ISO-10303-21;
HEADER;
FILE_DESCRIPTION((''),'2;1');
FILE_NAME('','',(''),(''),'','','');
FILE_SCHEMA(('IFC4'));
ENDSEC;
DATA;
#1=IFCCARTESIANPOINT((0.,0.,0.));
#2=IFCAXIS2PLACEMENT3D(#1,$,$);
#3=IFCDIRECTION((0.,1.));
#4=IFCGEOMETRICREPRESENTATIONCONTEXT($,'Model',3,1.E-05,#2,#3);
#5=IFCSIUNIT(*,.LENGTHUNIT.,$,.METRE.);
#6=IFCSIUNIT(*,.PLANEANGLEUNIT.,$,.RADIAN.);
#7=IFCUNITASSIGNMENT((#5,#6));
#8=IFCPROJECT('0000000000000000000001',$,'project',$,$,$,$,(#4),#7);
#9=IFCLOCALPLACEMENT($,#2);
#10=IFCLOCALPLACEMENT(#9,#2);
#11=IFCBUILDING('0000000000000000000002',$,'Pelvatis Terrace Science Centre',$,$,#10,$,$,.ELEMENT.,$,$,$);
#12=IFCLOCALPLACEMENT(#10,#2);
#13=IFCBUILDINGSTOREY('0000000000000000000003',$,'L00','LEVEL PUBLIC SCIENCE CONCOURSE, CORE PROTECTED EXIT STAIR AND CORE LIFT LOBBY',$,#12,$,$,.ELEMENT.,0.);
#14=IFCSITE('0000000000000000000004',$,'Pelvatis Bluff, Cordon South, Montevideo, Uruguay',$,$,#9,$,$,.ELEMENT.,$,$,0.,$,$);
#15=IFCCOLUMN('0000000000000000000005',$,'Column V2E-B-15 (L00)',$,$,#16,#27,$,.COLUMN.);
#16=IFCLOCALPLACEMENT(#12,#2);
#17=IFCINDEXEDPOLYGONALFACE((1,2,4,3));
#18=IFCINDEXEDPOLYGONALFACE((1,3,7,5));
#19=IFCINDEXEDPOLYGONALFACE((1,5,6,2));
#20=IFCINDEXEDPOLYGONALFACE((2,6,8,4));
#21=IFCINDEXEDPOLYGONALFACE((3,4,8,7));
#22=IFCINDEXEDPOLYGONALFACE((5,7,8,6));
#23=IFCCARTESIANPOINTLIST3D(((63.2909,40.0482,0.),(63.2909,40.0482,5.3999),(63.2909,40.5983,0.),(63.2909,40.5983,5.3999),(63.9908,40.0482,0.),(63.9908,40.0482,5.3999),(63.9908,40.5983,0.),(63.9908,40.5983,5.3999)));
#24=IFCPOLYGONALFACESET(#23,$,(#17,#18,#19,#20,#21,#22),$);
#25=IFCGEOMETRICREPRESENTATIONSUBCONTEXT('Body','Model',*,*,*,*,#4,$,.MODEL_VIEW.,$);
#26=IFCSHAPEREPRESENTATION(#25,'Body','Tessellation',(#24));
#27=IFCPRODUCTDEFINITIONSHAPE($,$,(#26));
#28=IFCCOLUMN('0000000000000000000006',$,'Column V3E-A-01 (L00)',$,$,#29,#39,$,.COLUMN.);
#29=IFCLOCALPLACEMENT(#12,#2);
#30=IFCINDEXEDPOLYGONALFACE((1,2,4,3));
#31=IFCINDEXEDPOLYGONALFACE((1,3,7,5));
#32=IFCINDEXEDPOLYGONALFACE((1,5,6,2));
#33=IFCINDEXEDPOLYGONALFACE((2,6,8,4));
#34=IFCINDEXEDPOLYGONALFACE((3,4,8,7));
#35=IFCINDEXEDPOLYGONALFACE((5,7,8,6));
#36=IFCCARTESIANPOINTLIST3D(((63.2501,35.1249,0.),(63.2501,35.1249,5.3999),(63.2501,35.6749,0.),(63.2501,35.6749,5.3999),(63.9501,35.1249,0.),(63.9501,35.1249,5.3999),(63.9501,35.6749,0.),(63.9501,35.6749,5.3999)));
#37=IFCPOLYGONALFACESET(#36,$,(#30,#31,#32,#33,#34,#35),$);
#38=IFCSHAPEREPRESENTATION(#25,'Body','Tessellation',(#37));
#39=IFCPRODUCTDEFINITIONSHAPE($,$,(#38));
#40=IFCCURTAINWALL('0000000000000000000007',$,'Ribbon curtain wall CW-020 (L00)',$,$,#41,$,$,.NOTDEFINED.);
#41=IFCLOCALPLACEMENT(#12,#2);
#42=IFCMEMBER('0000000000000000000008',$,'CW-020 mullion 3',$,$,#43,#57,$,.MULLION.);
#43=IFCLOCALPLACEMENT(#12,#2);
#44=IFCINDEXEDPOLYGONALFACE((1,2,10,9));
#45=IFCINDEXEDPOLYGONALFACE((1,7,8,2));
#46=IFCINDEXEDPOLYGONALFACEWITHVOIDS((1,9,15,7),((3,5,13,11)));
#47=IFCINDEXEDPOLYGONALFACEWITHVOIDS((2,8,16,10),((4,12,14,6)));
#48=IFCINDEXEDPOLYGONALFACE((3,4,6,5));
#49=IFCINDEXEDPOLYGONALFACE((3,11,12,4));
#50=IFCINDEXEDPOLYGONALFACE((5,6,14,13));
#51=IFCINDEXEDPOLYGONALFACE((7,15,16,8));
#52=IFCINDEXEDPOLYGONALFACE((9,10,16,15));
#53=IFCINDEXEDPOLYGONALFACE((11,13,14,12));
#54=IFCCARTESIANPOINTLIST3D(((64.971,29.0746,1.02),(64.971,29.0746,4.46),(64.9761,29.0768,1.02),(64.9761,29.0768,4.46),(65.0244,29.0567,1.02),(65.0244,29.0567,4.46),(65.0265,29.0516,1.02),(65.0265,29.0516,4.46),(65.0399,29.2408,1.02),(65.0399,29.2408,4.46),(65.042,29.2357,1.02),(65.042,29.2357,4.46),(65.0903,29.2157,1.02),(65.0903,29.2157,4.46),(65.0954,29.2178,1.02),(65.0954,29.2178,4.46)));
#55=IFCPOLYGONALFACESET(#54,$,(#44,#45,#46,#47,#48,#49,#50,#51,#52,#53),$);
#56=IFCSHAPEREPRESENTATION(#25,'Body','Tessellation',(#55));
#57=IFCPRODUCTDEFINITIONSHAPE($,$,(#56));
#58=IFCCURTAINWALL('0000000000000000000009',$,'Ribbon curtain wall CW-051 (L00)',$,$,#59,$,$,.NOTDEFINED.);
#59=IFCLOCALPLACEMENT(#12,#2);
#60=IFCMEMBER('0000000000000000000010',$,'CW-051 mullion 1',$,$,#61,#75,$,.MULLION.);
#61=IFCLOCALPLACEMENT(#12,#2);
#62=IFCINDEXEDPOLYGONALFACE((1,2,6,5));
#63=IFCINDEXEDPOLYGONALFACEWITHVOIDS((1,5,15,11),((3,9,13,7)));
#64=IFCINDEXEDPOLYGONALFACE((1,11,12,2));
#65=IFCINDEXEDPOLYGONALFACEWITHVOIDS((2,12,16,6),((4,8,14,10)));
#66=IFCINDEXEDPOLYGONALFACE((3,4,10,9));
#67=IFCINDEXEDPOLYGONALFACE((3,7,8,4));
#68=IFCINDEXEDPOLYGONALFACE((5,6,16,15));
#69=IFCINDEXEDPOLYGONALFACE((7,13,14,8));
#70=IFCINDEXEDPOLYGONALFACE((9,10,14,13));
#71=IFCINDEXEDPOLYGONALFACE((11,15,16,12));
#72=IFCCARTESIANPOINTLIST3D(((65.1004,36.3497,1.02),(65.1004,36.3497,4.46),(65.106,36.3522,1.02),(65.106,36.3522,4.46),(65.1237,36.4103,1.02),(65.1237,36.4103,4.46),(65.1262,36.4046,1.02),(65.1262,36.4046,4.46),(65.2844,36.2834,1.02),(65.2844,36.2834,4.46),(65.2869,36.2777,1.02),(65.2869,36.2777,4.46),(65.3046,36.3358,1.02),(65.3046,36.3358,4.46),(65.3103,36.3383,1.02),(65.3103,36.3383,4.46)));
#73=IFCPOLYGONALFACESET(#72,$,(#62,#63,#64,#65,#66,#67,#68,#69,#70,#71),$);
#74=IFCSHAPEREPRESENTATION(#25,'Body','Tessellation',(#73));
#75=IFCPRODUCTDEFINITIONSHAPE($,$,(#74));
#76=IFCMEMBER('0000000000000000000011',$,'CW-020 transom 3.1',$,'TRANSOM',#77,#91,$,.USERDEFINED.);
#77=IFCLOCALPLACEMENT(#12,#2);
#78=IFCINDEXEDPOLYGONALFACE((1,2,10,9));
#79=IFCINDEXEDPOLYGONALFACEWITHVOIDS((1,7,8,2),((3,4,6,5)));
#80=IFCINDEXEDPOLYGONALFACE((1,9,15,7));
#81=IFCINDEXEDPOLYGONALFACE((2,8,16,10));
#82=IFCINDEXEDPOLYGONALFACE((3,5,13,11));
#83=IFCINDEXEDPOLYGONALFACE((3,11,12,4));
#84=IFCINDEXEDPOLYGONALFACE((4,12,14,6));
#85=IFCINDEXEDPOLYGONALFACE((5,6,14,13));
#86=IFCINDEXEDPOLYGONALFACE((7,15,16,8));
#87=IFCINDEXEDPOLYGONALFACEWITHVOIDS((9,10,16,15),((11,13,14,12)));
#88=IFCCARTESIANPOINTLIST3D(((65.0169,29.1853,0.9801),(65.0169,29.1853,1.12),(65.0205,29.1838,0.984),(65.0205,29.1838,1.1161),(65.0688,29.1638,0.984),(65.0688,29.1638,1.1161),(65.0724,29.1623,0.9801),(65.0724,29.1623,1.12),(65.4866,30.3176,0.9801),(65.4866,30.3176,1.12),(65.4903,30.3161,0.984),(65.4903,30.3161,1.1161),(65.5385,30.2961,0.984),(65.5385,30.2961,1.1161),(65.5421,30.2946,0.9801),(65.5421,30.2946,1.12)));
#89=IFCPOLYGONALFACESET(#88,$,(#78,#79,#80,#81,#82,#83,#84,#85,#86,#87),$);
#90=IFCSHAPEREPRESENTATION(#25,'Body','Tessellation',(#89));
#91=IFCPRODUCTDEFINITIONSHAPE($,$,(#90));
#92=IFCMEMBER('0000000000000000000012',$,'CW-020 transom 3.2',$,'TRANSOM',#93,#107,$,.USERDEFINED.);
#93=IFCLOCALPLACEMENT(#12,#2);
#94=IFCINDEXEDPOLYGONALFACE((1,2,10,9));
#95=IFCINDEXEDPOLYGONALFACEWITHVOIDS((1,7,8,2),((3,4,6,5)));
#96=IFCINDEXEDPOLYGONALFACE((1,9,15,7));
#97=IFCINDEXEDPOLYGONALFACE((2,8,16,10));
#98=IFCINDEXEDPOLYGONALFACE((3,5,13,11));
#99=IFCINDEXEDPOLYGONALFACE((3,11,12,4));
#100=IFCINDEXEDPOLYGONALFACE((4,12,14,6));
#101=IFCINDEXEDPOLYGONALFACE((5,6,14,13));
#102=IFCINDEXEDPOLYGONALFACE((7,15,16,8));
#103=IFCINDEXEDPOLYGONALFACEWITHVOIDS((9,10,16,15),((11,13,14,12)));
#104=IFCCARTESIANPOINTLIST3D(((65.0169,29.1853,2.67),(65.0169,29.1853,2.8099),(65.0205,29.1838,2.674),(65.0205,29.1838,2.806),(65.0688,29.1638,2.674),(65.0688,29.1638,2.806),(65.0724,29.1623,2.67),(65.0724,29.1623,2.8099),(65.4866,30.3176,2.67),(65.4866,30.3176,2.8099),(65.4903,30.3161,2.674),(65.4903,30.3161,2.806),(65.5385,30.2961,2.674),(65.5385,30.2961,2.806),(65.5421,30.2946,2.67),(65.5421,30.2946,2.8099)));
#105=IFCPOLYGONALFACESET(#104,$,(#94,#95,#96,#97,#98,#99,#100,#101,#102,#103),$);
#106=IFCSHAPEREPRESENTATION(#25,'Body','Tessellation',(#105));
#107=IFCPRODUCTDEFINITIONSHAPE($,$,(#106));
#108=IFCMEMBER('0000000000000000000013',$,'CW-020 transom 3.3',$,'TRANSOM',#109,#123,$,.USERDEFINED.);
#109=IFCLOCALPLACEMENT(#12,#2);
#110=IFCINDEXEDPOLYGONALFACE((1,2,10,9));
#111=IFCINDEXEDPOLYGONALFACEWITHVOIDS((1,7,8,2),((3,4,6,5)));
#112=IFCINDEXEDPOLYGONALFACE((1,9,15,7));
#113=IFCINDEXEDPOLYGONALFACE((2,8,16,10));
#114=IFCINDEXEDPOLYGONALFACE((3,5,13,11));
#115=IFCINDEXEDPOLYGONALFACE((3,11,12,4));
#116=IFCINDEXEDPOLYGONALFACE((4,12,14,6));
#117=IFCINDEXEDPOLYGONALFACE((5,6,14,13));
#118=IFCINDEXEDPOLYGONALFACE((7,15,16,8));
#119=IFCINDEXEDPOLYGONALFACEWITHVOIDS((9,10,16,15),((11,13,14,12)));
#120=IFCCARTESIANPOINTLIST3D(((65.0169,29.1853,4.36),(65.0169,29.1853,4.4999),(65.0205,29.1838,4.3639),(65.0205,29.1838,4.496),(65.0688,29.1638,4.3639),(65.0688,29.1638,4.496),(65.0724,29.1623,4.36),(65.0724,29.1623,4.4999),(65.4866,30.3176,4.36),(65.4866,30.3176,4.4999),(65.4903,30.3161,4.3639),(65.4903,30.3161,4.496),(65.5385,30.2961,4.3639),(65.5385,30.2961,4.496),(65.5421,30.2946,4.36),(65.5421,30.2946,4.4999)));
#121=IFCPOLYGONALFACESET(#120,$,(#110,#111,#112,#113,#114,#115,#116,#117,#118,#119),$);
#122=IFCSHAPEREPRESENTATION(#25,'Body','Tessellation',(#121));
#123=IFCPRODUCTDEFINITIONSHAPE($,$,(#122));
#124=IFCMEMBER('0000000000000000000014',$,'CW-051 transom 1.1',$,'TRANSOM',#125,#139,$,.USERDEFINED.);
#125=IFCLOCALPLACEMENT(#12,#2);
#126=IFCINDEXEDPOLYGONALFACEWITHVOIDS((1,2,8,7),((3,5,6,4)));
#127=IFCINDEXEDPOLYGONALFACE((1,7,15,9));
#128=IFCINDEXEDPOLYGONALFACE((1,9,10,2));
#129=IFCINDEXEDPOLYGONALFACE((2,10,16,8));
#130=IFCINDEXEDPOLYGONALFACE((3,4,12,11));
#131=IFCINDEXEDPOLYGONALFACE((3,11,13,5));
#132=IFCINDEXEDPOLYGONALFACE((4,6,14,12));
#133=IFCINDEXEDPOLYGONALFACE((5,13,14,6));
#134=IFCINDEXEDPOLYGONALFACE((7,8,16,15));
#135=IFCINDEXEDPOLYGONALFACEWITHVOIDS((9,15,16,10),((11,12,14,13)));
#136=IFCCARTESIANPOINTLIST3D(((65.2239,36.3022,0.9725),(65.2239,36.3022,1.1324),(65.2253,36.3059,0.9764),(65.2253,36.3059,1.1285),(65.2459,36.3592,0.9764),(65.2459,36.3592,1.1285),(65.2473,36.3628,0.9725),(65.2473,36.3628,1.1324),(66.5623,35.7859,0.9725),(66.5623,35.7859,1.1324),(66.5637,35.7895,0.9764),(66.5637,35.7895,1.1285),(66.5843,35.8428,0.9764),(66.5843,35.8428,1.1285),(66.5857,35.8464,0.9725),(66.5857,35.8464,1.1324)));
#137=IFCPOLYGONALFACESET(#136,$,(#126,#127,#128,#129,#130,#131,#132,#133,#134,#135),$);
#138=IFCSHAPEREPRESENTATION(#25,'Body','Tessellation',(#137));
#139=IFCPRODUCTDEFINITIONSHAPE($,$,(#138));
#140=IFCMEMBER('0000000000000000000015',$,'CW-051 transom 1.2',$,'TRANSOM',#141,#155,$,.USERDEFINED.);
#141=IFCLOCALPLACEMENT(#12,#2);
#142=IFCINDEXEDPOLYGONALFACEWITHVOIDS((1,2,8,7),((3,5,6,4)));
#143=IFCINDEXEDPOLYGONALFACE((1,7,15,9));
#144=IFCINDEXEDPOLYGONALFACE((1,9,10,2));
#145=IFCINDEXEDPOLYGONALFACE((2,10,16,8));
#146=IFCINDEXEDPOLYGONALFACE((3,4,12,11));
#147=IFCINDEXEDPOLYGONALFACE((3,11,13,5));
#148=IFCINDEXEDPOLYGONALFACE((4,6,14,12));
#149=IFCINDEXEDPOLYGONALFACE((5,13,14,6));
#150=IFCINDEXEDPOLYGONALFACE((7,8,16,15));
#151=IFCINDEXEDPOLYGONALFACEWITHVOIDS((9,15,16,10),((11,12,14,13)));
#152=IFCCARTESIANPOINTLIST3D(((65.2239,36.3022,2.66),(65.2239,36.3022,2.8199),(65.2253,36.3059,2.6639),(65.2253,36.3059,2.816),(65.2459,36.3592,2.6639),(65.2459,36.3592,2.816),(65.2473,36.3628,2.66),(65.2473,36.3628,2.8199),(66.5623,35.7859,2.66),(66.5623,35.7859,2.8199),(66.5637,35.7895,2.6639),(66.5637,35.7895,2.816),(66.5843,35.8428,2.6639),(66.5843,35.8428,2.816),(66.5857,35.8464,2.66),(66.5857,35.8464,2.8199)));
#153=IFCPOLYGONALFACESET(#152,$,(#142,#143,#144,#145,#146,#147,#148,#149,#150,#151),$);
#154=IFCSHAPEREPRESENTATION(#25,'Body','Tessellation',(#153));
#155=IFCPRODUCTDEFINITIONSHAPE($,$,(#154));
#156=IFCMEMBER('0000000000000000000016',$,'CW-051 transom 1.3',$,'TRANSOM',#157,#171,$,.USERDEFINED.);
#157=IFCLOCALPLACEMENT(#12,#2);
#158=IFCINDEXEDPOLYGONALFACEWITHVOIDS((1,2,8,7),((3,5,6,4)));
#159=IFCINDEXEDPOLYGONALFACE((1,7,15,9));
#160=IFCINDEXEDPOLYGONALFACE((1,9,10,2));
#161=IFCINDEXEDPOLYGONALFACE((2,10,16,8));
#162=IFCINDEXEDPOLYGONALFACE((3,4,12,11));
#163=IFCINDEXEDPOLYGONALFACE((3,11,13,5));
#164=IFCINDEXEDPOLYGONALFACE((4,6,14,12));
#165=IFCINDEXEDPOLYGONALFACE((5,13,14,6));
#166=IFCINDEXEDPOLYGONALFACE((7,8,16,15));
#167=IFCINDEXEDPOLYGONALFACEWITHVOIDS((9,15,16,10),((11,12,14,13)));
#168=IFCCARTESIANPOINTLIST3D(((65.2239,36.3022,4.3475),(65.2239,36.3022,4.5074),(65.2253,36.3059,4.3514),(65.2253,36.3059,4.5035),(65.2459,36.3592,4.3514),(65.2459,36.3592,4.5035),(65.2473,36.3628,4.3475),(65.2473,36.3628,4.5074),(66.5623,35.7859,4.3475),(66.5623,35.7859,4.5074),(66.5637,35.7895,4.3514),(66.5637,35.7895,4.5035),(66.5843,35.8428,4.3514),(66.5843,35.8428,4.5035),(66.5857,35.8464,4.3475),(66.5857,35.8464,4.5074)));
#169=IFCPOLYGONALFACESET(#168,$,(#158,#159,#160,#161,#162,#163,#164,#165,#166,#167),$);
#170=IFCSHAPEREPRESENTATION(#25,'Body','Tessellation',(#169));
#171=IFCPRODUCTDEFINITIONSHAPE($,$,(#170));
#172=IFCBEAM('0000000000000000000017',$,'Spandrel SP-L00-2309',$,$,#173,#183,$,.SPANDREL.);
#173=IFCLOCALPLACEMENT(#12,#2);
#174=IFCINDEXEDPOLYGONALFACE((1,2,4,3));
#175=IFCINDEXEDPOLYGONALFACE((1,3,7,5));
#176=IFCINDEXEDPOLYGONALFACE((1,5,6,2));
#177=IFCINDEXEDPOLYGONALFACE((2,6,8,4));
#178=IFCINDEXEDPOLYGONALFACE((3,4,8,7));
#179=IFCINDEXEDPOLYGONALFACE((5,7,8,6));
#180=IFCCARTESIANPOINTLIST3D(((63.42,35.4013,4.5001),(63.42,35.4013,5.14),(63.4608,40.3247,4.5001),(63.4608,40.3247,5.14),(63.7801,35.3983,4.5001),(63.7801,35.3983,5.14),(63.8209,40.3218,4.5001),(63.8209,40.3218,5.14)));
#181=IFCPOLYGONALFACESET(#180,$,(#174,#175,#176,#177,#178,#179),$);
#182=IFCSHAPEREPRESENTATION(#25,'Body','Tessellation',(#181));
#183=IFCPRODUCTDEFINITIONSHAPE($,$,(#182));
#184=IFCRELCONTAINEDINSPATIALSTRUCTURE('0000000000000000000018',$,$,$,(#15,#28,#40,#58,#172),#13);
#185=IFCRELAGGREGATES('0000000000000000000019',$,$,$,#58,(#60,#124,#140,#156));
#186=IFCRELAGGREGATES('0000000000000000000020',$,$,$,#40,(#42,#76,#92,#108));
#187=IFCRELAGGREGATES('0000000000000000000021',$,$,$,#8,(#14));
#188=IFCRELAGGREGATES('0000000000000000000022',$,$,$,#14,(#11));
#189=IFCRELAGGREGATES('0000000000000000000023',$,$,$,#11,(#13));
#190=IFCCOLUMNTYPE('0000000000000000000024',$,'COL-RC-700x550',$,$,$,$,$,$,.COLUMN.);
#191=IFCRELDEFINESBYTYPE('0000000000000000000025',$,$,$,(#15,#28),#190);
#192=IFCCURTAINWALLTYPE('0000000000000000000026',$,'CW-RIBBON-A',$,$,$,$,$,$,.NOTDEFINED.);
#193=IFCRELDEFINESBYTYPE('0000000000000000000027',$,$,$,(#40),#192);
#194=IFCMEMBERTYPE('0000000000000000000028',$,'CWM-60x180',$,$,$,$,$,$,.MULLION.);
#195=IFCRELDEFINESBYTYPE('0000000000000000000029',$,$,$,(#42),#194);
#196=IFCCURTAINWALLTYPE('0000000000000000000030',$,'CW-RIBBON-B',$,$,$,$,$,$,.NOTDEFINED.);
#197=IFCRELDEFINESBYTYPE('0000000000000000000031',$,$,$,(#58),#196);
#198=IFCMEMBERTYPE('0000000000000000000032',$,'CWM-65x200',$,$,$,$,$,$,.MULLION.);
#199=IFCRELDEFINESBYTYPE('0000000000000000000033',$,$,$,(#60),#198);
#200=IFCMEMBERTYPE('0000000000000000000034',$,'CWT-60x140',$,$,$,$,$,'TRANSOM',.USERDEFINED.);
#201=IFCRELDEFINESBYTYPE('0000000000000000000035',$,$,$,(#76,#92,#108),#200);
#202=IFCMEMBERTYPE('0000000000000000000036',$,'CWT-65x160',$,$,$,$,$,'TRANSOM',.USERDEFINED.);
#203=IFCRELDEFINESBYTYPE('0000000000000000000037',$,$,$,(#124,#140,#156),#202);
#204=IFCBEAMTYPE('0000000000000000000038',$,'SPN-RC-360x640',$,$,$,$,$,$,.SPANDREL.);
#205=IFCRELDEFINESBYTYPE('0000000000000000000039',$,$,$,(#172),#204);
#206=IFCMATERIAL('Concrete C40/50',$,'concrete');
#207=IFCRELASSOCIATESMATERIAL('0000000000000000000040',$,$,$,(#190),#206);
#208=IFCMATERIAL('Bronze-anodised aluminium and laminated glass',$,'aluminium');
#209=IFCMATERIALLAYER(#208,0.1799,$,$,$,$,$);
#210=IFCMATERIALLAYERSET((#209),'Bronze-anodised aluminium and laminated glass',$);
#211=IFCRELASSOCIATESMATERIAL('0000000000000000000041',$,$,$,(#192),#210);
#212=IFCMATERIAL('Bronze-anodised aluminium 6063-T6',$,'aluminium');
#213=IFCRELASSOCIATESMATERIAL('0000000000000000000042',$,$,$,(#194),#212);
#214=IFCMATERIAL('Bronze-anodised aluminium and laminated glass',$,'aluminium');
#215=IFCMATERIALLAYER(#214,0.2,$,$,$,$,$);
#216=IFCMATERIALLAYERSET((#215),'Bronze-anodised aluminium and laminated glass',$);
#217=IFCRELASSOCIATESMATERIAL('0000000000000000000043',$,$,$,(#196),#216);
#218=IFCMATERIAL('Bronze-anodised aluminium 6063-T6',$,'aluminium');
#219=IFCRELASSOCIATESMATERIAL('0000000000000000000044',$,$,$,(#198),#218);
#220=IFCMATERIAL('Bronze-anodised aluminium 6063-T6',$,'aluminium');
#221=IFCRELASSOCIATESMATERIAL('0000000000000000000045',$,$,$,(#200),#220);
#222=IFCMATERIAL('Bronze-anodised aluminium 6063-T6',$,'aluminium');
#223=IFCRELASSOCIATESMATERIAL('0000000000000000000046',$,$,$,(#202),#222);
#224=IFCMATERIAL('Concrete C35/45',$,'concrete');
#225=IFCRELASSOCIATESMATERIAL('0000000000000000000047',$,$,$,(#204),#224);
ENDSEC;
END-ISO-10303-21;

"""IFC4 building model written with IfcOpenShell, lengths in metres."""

from ifc_helpers import new_model, si_unit, direction, frame, origin, origin_2d, place, context, subcontext, project, spatial, rectangle, hollow_rectangle, extrude, material, layer, layer_set, material_profile, profile_set, type_object, element, aggregate, save


model = new_model("IFC4")

# Units and contexts
model_context = context("Model", 3, precision=1e-05, world=origin(), true_north=direction((0.0, 1.0)))
body_context = subcontext(model_context, "Body", "Model", "MODEL_VIEW")
ifc_project = project(units=[si_unit("LENGTHUNIT", "METRE"), si_unit("PLANEANGLEUNIT", "RADIAN")], contexts=[model_context])

# Site, building, storey
site_placement = place(None, origin())
site = spatial("IfcSite", under=ifc_project, at=site_placement, Name="Pelvatis Bluff, Cordon South, Montevideo, Uruguay", CompositionType="ELEMENT", RefElevation=0.0)
building_placement = place(site_placement, origin())
building = spatial("IfcBuilding", under=site, at=building_placement, Name="Pelvatis Terrace Science Centre", CompositionType="ELEMENT")
storey_placement = place(building_placement, origin())
storey = spatial("IfcBuildingStorey", under=building, at=storey_placement, Name="L00", Description="LEVEL PUBLIC SCIENCE CONCOURSE, CORE PROTECTED EXIT STAIR AND CORE LIFT LOBBY", CompositionType="ELEMENT", Elevation=0.0)

# Columns
ifc_material_1 = material(Name="Concrete C40/50", Category="concrete")
ifc_material_profile_1 = material_profile(ifc_material_1, rectangle(XDim=0.7, YDim=0.55, at=origin_2d()), Name="RC-COL 700x550")
ifc_profile_set_1 = profile_set([ifc_material_profile_1], Name="Concrete C40/50")
column_type = type_object("IfcColumnType", Name="COL-RC-700x550", PredefinedType="COLUMN", material=ifc_profile_set_1)
for number, where, z_axis, x_axis, name in (
    (1, (63.6409, 40.3232, 0.0), (0.0, 0.0, 1.0), (1.0, 0.0, 0.0), "Column V2E-B-15 (L00)"),
    (2, (63.6001, 35.3999, 0.0), (0.0, 0.0, 1.0), (1.0, 0.0, 0.0), "Column V3E-A-01 (L00)"),
):
    element("IfcColumn", number, at=place(storey_placement, frame(where, z_axis=z_axis, x_axis=x_axis)), inside=storey, type_object=column_type, Name=name, PredefinedType="COLUMN", context=body_context, shape_type="SweptSolid", body=[
        extrude(rectangle(XDim=0.7, YDim=0.55, at=origin_2d()), origin(), (0.0, 0.0, 1.0), 5.3999),
    ])

# Curtain walls, members
ifc_material_2 = material(Name="Bronze-anodised aluminium and laminated glass", Category="aluminium")
ifc_layer_1 = layer(ifc_material_2, 0.1799)
ifc_layer_set_1 = layer_set([ifc_layer_1], Name="Bronze-anodised aluminium and laminated glass")
curtain_wall_type_1 = type_object("IfcCurtainWallType", Name="CW-RIBBON-A", PredefinedType="NOTDEFINED", material=ifc_layer_set_1)
curtain_wall_1_placement = place(storey_placement, origin())
curtain_wall_1 = element("IfcCurtainWall", 3, at=curtain_wall_1_placement, inside=storey, type_object=curtain_wall_type_1, Name="Ribbon curtain wall CW-020 (L00)", PredefinedType="NOTDEFINED")
ifc_material_3 = material(Name="Bronze-anodised aluminium 6063-T6", Category="aluminium")
ifc_material_profile_2 = material_profile(ifc_material_3, hollow_rectangle(XDim=0.0601, YDim=0.1799, WallThickness=0.0039, at=origin_2d()), Name="ALU-MUL 60x180")
ifc_profile_set_2 = profile_set([ifc_material_profile_2], Name="Bronze-anodised aluminium 6063-T6")
member_type_1 = type_object("IfcMemberType", Name="CWM-60x180", PredefinedType="MULLION", material=ifc_profile_set_2)
member_1_placement = place(storey_placement, frame((65.0332, 29.1462, 1.02), z_axis=(0.0, 0.0, 1.0), x_axis=(-0.923675, 0.383176, 0.0)))
member_1 = element("IfcMember", 4, at=member_1_placement, type_object=member_type_1, Name="CW-020 mullion 3", PredefinedType="MULLION", context=body_context, shape_type="SweptSolid", body=[
    extrude(hollow_rectangle(XDim=0.0601, YDim=0.1799, WallThickness=0.0039, at=origin_2d()), origin(), (0.0, 0.0, 1.0), 3.4399),
])
ifc_material_4 = material(Name="Bronze-anodised aluminium and laminated glass", Category="aluminium")
ifc_layer_2 = layer(ifc_material_4, 0.2)
ifc_layer_set_2 = layer_set([ifc_layer_2], Name="Bronze-anodised aluminium and laminated glass")
curtain_wall_type_2 = type_object("IfcCurtainWallType", Name="CW-RIBBON-B", PredefinedType="NOTDEFINED", material=ifc_layer_set_2)
curtain_wall_2_placement = place(storey_placement, origin())
curtain_wall_2 = element("IfcCurtainWall", 5, at=curtain_wall_2_placement, inside=storey, type_object=curtain_wall_type_2, Name="Ribbon curtain wall CW-051 (L00)", PredefinedType="NOTDEFINED")
ifc_material_5 = material(Name="Bronze-anodised aluminium 6063-T6", Category="aluminium")
ifc_material_profile_3 = material_profile(ifc_material_5, hollow_rectangle(XDim=0.0649, YDim=0.2, WallThickness=0.0044, at=origin_2d()), Name="ALU-MUL 65x200")
ifc_profile_set_3 = profile_set([ifc_material_profile_3], Name="Bronze-anodised aluminium 6063-T6")
member_type_2 = type_object("IfcMemberType", Name="CWM-65x200", PredefinedType="MULLION", material=ifc_profile_set_3)
member_2_placement = place(storey_placement, frame((65.2053, 36.344, 1.02), z_axis=(0.0, 0.0, 1.0), x_axis=(0.359874, 0.933001, 0.0)))
member_2 = element("IfcMember", 6, at=member_2_placement, type_object=member_type_2, Name="CW-051 mullion 1", PredefinedType="MULLION", context=body_context, shape_type="SweptSolid", body=[
    extrude(hollow_rectangle(XDim=0.0649, YDim=0.2, WallThickness=0.0044, at=origin_2d()), origin(), (0.0, 0.0, 1.0), 3.4399),
])

# Members
ifc_material_6 = material(Name="Bronze-anodised aluminium 6063-T6", Category="aluminium")
ifc_material_profile_4 = material_profile(ifc_material_6, hollow_rectangle(XDim=0.0601, YDim=0.1399, WallThickness=0.0039, at=origin_2d()), Name="ALU-TRN 60x140")
ifc_profile_set_4 = profile_set([ifc_material_profile_4], Name="Bronze-anodised aluminium 6063-T6")
member_type_3 = type_object("IfcMemberType", Name="CWT-60x140", ElementType="TRANSOM", PredefinedType="USERDEFINED", material=ifc_profile_set_4)
member_3_placement = place(storey_placement, frame((65.0447, 29.1738, 1.05), z_axis=(0.383173, 0.923677, 0.0), x_axis=(-0.923677, 0.383173, 0.0)))
member_3 = element("IfcMember", 7, at=member_3_placement, type_object=member_type_3, Name="CW-020 transom 3.1", ObjectType="TRANSOM", PredefinedType="USERDEFINED", context=body_context, shape_type="SweptSolid", body=[
    extrude(hollow_rectangle(XDim=0.0601, YDim=0.1399, WallThickness=0.0039, at=origin_2d()), origin(), (0.0, 0.0, 1.0), 1.2258),
])
member_4_placement = place(storey_placement, frame((65.0447, 29.1738, 2.74), z_axis=(0.383173, 0.923677, 0.0), x_axis=(-0.923677, 0.383173, 0.0)))
member_4 = element("IfcMember", 8, at=member_4_placement, type_object=member_type_3, Name="CW-020 transom 3.2", ObjectType="TRANSOM", PredefinedType="USERDEFINED", context=body_context, shape_type="SweptSolid", body=[
    extrude(hollow_rectangle(XDim=0.0601, YDim=0.1399, WallThickness=0.0039, at=origin_2d()), origin(), (0.0, 0.0, 1.0), 1.2258),
])
member_5_placement = place(storey_placement, frame((65.0447, 29.1738, 4.4299), z_axis=(0.383173, 0.923677, 0.0), x_axis=(-0.923677, 0.383173, 0.0)))
member_5 = element("IfcMember", 9, at=member_5_placement, type_object=member_type_3, Name="CW-020 transom 3.3", ObjectType="TRANSOM", PredefinedType="USERDEFINED", context=body_context, shape_type="SweptSolid", body=[
    extrude(hollow_rectangle(XDim=0.0601, YDim=0.1399, WallThickness=0.0039, at=origin_2d()), origin(), (0.0, 0.0, 1.0), 1.2258),
])
ifc_material_7 = material(Name="Bronze-anodised aluminium 6063-T6", Category="aluminium")
ifc_material_profile_5 = material_profile(ifc_material_7, hollow_rectangle(XDim=0.0649, YDim=0.1599, WallThickness=0.0039, at=origin_2d()), Name="ALU-TRN 65x160")
ifc_profile_set_5 = profile_set([ifc_material_profile_5], Name="Bronze-anodised aluminium 6063-T6")
member_type_4 = type_object("IfcMemberType", Name="CWT-65x160", ElementType="TRANSOM", PredefinedType="USERDEFINED", material=ifc_profile_set_5)
member_6_placement = place(storey_placement, frame((65.2356, 36.3325, 1.0525), z_axis=(0.932972, -0.359948, 0.0), x_axis=(0.359948, 0.932972, 0.0)))
member_6 = element("IfcMember", 10, at=member_6_placement, type_object=member_type_4, Name="CW-051 transom 1.1", ObjectType="TRANSOM", PredefinedType="USERDEFINED", context=body_context, shape_type="SweptSolid", body=[
    extrude(hollow_rectangle(XDim=0.0649, YDim=0.1599, WallThickness=0.0039, at=origin_2d()), origin(), (0.0, 0.0, 1.0), 1.4346),
])
member_7_placement = place(storey_placement, frame((65.2356, 36.3325, 2.74), z_axis=(0.932972, -0.359948, 0.0), x_axis=(0.359948, 0.932972, 0.0)))
member_7 = element("IfcMember", 11, at=member_7_placement, type_object=member_type_4, Name="CW-051 transom 1.2", ObjectType="TRANSOM", PredefinedType="USERDEFINED", context=body_context, shape_type="SweptSolid", body=[
    extrude(hollow_rectangle(XDim=0.0649, YDim=0.1599, WallThickness=0.0039, at=origin_2d()), origin(), (0.0, 0.0, 1.0), 1.4346),
])
member_8_placement = place(storey_placement, frame((65.2356, 36.3325, 4.4275), z_axis=(0.932972, -0.359948, 0.0), x_axis=(0.359948, 0.932972, 0.0)))
member_8 = element("IfcMember", 12, at=member_8_placement, type_object=member_type_4, Name="CW-051 transom 1.3", ObjectType="TRANSOM", PredefinedType="USERDEFINED", context=body_context, shape_type="SweptSolid", body=[
    extrude(hollow_rectangle(XDim=0.0649, YDim=0.1599, WallThickness=0.0039, at=origin_2d()), origin(), (0.0, 0.0, 1.0), 1.4346),
])
aggregate(curtain_wall_2, [member_2, member_6, member_7, member_8])

# Beam
ifc_material_8 = material(Name="Concrete C35/45", Category="concrete")
ifc_material_profile_6 = material_profile(ifc_material_8, rectangle(XDim=0.3601, YDim=0.6399, at=origin_2d()), Name="RC-SPN 360x640")
ifc_profile_set_6 = profile_set([ifc_material_profile_6], Name="Concrete C35/45")
beam_type = type_object("IfcBeamType", Name="SPN-RC-360x640", PredefinedType="SPANDREL", material=ifc_profile_set_6)
beam_1_placement = place(storey_placement, frame((63.6409, 40.3232, 4.8201), z_axis=(-0.008281, -0.999966, 0.0), x_axis=(0.999966, -0.008281, 0.0)))
element("IfcBeam", 13, at=beam_1_placement, inside=storey, type_object=beam_type, Name="Spandrel SP-L00-2309", PredefinedType="SPANDREL", context=body_context, shape_type="SweptSolid", body=[
    extrude(rectangle(XDim=0.3601, YDim=0.6399, at=origin_2d()), origin(), (0.0, 0.0, 1.0), 4.9236),
])

aggregate(curtain_wall_1, [member_1, member_3, member_4, member_5])

save(model, "model.ifc")
